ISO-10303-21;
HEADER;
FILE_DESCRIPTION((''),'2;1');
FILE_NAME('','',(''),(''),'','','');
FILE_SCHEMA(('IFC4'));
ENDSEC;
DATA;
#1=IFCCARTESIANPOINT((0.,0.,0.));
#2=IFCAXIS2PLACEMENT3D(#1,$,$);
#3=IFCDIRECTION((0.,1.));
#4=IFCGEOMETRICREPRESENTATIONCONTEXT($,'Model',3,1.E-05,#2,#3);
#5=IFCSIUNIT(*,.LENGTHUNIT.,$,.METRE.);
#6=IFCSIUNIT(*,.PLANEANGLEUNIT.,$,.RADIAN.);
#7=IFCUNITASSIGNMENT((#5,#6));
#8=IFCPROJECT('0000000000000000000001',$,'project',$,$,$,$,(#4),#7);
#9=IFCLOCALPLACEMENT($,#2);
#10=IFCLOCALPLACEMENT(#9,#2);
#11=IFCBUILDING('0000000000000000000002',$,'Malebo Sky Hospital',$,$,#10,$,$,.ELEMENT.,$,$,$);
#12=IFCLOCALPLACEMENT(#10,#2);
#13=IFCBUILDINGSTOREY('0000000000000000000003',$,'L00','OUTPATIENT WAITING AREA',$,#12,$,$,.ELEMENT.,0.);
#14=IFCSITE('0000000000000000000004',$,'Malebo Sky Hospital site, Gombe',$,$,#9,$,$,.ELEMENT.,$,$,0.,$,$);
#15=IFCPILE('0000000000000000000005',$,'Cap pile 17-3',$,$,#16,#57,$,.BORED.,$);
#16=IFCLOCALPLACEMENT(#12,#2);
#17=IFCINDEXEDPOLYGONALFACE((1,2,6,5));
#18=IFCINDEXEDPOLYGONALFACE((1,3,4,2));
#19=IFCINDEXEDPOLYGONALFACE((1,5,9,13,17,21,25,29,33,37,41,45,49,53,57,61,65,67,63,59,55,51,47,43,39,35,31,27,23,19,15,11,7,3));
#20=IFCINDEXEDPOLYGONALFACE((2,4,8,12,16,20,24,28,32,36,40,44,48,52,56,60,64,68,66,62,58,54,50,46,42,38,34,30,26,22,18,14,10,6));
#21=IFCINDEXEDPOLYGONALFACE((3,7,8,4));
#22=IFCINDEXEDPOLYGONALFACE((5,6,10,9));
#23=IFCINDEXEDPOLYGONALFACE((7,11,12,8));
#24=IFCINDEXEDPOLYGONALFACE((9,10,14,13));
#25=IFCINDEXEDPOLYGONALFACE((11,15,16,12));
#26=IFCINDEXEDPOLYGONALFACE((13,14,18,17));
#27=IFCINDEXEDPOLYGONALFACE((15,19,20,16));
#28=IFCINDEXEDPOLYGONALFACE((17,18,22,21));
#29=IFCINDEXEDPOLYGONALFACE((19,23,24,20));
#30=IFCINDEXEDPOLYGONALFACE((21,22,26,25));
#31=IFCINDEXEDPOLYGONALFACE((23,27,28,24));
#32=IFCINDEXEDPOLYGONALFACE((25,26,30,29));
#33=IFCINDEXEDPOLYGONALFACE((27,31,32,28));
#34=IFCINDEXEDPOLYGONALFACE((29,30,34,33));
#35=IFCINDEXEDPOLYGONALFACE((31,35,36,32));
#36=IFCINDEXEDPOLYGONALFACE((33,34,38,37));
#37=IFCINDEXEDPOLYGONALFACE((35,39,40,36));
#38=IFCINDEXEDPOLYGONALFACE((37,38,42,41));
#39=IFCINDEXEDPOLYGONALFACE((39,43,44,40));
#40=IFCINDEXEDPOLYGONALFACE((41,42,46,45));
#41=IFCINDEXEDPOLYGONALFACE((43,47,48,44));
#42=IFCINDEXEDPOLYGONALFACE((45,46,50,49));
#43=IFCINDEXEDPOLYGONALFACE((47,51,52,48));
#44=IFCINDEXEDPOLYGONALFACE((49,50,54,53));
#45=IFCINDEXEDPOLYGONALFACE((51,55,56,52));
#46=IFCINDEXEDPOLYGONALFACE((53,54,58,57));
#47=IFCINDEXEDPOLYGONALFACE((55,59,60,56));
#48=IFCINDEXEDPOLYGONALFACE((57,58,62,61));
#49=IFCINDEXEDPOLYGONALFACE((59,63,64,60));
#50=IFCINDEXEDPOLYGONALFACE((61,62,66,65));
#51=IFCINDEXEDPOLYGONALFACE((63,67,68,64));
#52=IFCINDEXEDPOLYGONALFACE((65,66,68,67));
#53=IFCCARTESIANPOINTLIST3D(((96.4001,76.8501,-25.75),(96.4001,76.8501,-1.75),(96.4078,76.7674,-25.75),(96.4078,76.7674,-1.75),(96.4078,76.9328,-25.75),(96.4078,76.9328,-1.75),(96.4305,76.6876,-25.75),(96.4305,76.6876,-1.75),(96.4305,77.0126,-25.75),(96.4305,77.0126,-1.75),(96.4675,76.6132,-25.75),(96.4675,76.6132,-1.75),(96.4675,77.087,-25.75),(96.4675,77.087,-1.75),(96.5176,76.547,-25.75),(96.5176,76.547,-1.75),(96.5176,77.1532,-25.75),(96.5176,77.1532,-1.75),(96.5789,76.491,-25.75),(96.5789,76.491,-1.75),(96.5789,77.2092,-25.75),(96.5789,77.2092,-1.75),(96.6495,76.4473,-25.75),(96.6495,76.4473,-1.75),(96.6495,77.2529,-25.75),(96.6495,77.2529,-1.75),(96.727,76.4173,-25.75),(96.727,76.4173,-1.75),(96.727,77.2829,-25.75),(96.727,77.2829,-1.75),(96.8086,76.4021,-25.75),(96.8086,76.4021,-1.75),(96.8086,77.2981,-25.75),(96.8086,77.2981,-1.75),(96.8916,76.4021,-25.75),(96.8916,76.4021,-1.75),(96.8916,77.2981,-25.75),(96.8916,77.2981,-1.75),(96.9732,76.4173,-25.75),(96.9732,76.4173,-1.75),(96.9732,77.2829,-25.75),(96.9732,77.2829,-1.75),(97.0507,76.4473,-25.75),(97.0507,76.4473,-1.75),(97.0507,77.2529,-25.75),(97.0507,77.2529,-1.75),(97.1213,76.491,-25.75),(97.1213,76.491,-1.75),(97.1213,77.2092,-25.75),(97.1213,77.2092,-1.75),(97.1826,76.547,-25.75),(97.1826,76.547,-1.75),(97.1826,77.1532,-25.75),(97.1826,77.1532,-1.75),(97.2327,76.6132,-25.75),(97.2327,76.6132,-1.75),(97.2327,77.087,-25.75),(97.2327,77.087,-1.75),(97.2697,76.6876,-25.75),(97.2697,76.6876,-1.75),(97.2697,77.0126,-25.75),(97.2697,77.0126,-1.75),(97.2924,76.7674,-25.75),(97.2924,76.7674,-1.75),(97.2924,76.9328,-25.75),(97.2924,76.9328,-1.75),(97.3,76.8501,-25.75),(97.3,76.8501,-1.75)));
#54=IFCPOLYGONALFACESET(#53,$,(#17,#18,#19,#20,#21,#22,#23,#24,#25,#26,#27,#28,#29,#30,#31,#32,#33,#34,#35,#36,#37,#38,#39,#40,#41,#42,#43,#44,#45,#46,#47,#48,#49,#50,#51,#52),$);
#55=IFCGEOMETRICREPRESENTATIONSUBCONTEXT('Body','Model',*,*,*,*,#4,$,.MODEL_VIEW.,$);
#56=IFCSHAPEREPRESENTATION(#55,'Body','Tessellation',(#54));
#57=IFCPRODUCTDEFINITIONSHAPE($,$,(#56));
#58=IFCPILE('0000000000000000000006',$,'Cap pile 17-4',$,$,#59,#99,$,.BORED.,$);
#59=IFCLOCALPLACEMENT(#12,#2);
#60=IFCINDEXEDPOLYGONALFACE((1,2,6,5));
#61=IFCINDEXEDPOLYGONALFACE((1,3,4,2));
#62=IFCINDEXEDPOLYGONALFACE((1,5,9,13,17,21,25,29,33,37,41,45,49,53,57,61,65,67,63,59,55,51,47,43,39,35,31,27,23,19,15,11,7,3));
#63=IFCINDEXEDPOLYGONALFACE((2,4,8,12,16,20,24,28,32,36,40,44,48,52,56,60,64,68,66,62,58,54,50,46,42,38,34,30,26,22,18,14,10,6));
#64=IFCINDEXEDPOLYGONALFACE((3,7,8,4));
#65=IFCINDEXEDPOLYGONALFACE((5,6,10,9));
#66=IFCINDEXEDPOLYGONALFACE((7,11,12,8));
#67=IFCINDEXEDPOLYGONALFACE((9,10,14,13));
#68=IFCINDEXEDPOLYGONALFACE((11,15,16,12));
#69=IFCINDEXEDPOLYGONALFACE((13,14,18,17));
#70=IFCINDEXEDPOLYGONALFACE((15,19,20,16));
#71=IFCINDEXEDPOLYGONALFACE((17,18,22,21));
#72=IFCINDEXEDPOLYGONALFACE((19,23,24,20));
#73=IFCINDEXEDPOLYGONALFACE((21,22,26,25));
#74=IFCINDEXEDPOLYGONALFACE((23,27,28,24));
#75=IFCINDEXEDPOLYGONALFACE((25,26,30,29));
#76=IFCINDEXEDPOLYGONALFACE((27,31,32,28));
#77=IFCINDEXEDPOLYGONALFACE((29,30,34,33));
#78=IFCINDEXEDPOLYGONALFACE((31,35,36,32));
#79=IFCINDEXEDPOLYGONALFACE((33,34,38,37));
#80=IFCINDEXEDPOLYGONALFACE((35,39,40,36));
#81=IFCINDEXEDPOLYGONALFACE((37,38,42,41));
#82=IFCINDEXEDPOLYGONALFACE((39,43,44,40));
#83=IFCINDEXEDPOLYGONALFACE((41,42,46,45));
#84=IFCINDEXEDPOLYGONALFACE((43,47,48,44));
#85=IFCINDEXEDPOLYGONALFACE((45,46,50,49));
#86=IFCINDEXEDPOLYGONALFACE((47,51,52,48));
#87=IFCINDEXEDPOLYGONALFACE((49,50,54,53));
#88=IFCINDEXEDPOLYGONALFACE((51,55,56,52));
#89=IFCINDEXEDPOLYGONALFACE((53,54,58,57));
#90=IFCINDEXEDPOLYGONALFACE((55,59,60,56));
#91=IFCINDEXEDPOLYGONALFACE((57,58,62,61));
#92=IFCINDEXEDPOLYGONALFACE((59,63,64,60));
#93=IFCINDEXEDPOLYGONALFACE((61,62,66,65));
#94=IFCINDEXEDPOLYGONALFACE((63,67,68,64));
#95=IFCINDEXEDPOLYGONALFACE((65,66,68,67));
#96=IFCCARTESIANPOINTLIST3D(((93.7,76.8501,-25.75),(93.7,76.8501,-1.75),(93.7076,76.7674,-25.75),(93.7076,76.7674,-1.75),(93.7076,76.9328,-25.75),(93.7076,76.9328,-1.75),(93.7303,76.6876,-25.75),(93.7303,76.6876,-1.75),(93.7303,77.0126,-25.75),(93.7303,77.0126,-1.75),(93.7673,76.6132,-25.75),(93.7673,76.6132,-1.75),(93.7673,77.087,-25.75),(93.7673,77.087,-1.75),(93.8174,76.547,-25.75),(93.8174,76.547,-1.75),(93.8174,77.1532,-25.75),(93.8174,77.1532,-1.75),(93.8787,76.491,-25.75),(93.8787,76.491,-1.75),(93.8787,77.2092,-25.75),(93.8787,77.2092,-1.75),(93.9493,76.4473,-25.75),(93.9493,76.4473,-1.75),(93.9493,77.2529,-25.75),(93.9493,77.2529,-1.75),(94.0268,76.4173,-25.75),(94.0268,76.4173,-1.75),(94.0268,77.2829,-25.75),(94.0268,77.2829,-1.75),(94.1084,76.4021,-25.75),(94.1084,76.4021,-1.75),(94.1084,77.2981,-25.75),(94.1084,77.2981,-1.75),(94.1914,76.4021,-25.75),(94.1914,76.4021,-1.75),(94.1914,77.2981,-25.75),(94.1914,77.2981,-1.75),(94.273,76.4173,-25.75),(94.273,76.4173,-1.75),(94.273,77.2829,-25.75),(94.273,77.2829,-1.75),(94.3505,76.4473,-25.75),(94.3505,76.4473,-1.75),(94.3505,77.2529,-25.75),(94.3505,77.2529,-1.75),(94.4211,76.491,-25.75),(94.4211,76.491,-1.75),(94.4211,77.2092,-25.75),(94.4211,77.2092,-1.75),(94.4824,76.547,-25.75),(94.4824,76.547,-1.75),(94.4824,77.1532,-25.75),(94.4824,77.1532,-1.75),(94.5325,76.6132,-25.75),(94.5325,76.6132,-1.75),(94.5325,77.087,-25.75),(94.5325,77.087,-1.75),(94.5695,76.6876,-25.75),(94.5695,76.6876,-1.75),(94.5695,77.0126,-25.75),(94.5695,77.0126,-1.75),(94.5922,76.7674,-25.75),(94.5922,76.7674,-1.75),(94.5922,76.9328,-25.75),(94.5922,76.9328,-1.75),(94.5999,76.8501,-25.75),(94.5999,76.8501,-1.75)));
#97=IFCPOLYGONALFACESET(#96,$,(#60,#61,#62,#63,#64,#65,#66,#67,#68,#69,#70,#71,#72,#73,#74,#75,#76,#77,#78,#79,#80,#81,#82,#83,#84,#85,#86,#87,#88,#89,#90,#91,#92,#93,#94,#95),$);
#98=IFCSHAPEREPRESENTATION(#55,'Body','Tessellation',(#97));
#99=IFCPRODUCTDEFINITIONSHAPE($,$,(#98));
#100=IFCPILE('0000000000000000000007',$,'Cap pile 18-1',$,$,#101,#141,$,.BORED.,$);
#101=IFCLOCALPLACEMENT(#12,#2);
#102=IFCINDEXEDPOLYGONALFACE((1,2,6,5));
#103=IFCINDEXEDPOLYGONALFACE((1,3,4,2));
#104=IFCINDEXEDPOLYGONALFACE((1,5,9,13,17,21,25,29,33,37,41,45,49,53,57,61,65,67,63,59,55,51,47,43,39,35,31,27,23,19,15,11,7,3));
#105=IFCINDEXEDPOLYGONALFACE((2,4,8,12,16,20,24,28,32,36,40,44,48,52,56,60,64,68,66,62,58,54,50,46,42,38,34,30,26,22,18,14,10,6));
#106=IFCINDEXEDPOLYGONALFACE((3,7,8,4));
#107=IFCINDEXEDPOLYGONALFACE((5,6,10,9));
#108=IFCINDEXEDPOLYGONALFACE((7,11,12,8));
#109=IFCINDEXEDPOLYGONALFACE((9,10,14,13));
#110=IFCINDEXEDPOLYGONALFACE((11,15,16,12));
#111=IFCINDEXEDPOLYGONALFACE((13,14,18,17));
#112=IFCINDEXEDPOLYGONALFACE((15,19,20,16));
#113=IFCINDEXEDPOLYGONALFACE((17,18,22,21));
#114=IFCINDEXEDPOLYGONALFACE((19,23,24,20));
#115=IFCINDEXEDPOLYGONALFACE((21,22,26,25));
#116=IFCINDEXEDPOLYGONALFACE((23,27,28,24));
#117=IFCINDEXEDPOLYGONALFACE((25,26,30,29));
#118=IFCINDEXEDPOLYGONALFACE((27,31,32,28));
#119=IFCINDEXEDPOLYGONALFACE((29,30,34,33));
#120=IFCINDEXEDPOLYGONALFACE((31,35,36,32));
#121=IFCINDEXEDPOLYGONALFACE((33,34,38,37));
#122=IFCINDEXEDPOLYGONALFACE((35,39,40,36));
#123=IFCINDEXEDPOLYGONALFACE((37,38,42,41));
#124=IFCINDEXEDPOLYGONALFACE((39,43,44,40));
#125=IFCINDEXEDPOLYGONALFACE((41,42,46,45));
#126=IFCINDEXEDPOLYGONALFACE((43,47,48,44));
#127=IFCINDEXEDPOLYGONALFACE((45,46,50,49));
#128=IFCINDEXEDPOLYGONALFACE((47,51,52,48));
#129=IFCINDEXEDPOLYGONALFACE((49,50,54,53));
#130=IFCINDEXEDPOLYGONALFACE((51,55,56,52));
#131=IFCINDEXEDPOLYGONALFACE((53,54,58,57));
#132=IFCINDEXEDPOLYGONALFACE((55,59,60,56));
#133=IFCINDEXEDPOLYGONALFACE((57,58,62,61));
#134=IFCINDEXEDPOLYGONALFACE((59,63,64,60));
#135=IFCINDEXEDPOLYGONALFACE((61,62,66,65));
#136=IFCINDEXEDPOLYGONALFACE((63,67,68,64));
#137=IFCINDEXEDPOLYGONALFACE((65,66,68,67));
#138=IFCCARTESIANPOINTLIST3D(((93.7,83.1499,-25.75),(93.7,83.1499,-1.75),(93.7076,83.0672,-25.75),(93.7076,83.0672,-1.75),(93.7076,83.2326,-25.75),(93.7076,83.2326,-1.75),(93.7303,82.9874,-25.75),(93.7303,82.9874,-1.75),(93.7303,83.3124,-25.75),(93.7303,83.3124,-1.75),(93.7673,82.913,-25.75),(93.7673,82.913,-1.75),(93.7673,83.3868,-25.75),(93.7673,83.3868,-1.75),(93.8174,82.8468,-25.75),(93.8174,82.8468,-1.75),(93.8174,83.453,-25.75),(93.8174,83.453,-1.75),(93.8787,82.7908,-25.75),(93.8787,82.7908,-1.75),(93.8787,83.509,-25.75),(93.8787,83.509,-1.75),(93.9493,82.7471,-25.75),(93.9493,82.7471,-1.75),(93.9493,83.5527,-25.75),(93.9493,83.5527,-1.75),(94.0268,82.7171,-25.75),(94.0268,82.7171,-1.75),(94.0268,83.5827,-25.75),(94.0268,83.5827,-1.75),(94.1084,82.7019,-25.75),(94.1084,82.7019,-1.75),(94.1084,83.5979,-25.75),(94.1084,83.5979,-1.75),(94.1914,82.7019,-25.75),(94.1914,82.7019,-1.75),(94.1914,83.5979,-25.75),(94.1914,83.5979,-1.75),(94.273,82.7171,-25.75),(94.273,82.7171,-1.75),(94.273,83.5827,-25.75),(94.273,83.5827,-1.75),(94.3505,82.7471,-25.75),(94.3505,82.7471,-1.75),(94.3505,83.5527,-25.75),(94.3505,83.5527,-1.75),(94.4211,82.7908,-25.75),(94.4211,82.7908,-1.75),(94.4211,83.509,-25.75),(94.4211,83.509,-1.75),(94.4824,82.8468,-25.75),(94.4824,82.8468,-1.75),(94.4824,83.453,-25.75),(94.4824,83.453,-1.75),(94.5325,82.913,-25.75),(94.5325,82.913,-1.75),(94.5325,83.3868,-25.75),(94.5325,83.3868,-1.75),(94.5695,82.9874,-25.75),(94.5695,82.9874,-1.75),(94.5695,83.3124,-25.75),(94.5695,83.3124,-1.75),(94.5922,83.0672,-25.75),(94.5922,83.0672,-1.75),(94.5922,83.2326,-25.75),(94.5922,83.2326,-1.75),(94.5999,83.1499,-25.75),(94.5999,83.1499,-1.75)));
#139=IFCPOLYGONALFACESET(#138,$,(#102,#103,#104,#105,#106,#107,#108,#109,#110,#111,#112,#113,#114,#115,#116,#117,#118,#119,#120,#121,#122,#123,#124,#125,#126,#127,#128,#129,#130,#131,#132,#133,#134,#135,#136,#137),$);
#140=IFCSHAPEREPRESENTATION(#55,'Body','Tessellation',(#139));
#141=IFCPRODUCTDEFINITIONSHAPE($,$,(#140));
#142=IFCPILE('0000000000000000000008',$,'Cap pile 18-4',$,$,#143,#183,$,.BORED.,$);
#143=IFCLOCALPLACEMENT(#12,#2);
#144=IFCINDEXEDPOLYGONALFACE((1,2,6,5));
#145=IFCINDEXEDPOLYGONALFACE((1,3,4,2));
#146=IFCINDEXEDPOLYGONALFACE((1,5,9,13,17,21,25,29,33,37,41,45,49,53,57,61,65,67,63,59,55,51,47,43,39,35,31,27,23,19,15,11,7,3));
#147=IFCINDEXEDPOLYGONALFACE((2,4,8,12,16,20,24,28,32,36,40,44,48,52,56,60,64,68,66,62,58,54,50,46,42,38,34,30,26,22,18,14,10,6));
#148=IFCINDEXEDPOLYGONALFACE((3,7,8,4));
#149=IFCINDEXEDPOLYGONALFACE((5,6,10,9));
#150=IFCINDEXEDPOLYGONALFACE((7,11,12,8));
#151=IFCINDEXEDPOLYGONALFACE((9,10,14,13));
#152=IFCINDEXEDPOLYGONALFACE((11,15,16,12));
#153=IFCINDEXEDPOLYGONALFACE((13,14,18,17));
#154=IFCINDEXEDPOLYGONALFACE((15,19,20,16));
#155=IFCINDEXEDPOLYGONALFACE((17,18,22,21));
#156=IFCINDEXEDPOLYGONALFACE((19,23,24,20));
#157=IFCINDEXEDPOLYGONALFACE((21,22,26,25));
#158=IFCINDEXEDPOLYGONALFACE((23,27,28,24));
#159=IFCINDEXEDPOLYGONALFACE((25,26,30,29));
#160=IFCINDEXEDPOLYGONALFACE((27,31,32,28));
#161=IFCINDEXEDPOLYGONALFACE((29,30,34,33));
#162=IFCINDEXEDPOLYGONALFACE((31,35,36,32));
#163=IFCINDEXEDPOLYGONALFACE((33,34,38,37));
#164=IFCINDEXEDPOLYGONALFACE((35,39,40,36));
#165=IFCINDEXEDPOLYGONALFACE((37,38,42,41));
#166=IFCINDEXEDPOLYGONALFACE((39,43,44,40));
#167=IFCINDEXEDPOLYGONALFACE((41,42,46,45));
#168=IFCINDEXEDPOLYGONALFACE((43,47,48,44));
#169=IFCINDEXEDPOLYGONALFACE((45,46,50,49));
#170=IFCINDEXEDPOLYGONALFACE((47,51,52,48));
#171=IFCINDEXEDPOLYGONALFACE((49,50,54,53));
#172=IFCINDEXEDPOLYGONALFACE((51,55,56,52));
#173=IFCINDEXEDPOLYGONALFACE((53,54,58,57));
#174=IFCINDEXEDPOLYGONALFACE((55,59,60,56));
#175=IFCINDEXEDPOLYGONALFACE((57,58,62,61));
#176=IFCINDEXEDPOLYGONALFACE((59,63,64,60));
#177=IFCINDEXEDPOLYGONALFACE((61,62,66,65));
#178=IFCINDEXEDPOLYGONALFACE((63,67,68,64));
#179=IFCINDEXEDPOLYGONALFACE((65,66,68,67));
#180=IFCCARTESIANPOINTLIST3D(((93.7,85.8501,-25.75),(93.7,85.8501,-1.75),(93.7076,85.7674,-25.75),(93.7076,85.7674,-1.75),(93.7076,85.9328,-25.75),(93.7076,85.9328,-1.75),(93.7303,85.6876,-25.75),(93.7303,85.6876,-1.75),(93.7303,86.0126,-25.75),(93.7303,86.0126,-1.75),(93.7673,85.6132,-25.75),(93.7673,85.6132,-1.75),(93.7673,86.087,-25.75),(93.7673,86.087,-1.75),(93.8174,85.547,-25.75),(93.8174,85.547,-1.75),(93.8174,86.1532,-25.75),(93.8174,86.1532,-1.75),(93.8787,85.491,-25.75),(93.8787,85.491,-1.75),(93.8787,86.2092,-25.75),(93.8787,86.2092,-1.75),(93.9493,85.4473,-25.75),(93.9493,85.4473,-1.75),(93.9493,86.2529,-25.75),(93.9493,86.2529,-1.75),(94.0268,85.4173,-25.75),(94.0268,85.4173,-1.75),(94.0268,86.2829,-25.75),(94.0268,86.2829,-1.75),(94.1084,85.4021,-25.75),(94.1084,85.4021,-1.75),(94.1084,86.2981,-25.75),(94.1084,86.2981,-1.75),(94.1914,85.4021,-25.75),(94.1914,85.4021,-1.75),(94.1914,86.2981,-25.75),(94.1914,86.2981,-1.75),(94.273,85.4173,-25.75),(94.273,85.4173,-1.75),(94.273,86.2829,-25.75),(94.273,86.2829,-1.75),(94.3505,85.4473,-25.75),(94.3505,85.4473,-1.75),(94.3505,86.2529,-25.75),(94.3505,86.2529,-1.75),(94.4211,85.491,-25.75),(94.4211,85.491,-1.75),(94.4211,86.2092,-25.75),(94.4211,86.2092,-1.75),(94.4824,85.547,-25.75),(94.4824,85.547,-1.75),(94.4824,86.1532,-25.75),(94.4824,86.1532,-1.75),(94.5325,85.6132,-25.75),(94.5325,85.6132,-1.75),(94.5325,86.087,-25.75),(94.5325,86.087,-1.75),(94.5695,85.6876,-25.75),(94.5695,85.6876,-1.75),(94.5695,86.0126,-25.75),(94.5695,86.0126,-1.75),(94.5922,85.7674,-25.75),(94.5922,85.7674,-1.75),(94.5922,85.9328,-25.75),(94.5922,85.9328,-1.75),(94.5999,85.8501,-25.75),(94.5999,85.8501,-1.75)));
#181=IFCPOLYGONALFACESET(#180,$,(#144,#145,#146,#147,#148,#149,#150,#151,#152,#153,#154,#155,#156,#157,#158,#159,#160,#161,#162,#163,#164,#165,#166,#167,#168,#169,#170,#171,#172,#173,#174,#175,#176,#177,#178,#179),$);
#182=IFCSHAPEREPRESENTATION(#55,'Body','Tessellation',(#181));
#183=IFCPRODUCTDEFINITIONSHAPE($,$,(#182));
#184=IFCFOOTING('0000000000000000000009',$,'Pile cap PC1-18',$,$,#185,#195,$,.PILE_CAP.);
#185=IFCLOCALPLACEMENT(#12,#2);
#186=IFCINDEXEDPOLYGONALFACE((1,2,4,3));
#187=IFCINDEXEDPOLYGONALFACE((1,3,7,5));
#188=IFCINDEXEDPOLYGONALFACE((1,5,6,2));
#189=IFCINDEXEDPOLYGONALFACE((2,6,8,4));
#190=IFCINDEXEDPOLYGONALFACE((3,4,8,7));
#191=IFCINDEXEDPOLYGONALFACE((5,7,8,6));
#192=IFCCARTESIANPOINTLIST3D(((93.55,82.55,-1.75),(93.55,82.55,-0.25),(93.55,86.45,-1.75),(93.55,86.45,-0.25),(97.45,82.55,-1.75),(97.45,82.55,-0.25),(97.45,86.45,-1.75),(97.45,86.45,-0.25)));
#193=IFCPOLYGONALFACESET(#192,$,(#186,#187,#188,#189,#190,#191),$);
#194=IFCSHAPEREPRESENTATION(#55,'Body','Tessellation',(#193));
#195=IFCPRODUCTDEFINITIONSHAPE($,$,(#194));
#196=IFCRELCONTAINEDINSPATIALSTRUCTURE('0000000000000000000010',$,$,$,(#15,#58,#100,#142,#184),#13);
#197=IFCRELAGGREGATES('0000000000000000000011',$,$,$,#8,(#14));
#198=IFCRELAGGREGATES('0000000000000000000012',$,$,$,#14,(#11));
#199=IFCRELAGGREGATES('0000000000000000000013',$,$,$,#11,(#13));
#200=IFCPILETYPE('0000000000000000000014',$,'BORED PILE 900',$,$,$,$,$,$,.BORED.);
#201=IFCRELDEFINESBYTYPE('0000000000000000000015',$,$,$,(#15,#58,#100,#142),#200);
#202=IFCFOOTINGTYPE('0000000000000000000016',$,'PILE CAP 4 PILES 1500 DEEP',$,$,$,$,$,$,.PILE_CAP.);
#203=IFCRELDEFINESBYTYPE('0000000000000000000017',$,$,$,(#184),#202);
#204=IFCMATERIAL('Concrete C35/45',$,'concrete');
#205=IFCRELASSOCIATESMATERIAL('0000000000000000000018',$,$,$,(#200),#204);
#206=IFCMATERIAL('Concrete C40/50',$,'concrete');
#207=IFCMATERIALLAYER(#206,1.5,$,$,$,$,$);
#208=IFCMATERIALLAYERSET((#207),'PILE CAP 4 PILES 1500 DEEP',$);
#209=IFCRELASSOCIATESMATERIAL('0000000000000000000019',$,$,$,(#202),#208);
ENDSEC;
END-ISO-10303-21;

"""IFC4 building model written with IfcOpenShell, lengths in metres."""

from ifc_helpers import new_model, si_unit, direction, frame, origin, origin_2d, place, context, subcontext, project, spatial, rectangle, circle, extrude, material, layer, layer_set, material_profile, profile_set, type_object, element, save


model = new_model("IFC4")

# Units and contexts
model_context = context("Model", 3, precision=1e-05, world=origin(), true_north=direction((0.0, 1.0)))
body_context = subcontext(model_context, "Body", "Model", "MODEL_VIEW")
ifc_project = project(units=[si_unit("LENGTHUNIT", "METRE"), si_unit("PLANEANGLEUNIT", "RADIAN")], contexts=[model_context])

# Site, building, storey
site_placement = place(None, origin())
site = spatial("IfcSite", under=ifc_project, at=site_placement, Name="Malebo Sky Hospital site, Gombe", CompositionType="ELEMENT", RefElevation=0.0)
building_placement = place(site_placement, origin())
building = spatial("IfcBuilding", under=site, at=building_placement, Name="Malebo Sky Hospital", CompositionType="ELEMENT")
storey_placement = place(building_placement, origin())
storey = spatial("IfcBuildingStorey", under=building, at=storey_placement, Name="L00", Description="OUTPATIENT WAITING AREA", CompositionType="ELEMENT", Elevation=0.0)

# Piles
ifc_material_1 = material(Name="Concrete C35/45", Category="concrete")
ifc_material_profile_1 = material_profile(ifc_material_1, circle(Radius=0.45, at=origin_2d()), Name="BP 900")
ifc_profile_set_1 = profile_set([ifc_material_profile_1], Name="Concrete C35/45")
pile_type_1 = type_object("IfcPileType", Name="BORED PILE 900", PredefinedType="BORED", material=ifc_profile_set_1)
for number, where, z_axis, x_axis, name in (
    (1, (96.8501, 76.8501, -1.75), (0.0, 0.0, -1.0), (1.0, 0.0, 0.0), "Cap pile 17-3"),
    (2, (94.1499, 76.8501, -1.75), (0.0, 0.0, -1.0), (1.0, 0.0, 0.0), "Cap pile 17-4"),
    (3, (94.1499, 83.1499, -1.75), (0.0, 0.0, -1.0), (1.0, 0.0, 0.0), "Cap pile 18-1"),
    (4, (94.1499, 85.8501, -1.75), (0.0, 0.0, -1.0), (1.0, 0.0, 0.0), "Cap pile 18-4"),
):
    element("IfcPile", number, at=place(storey_placement, frame(where, z_axis=z_axis, x_axis=x_axis)), inside=storey, type_object=pile_type_1, Name=name, PredefinedType="BORED", context=body_context, shape_type="SweptSolid", body=[
        extrude(circle(Radius=0.45, at=origin_2d()), origin(), (0.0, 0.0, 1.0), 24.0),
    ])

# Footing
ifc_material_2 = material(Name="Concrete C40/50", Category="concrete")
ifc_layer_1 = layer(ifc_material_2, 1.5)
ifc_layer_set_1 = layer_set([ifc_layer_1], Name="PILE CAP 4 PILES 1500 DEEP")
footing_type = type_object("IfcFootingType", Name="PILE CAP 4 PILES 1500 DEEP", PredefinedType="PILE_CAP", material=ifc_layer_set_1)
footing_placement = place(storey_placement, frame((95.5, 84.5, -1.75), z_axis=(0.0, 0.0, 1.0), x_axis=(1.0, 0.0, 0.0)))
element("IfcFooting", 5, at=footing_placement, inside=storey, type_object=footing_type, Name="Pile cap PC1-18", PredefinedType="PILE_CAP", context=body_context, shape_type="SweptSolid", body=[
    extrude(rectangle(XDim=3.8999, YDim=3.8999, at=origin_2d()), origin(), (0.0, 0.0, 1.0), 1.5),
])

save(model, "model.ifc")
